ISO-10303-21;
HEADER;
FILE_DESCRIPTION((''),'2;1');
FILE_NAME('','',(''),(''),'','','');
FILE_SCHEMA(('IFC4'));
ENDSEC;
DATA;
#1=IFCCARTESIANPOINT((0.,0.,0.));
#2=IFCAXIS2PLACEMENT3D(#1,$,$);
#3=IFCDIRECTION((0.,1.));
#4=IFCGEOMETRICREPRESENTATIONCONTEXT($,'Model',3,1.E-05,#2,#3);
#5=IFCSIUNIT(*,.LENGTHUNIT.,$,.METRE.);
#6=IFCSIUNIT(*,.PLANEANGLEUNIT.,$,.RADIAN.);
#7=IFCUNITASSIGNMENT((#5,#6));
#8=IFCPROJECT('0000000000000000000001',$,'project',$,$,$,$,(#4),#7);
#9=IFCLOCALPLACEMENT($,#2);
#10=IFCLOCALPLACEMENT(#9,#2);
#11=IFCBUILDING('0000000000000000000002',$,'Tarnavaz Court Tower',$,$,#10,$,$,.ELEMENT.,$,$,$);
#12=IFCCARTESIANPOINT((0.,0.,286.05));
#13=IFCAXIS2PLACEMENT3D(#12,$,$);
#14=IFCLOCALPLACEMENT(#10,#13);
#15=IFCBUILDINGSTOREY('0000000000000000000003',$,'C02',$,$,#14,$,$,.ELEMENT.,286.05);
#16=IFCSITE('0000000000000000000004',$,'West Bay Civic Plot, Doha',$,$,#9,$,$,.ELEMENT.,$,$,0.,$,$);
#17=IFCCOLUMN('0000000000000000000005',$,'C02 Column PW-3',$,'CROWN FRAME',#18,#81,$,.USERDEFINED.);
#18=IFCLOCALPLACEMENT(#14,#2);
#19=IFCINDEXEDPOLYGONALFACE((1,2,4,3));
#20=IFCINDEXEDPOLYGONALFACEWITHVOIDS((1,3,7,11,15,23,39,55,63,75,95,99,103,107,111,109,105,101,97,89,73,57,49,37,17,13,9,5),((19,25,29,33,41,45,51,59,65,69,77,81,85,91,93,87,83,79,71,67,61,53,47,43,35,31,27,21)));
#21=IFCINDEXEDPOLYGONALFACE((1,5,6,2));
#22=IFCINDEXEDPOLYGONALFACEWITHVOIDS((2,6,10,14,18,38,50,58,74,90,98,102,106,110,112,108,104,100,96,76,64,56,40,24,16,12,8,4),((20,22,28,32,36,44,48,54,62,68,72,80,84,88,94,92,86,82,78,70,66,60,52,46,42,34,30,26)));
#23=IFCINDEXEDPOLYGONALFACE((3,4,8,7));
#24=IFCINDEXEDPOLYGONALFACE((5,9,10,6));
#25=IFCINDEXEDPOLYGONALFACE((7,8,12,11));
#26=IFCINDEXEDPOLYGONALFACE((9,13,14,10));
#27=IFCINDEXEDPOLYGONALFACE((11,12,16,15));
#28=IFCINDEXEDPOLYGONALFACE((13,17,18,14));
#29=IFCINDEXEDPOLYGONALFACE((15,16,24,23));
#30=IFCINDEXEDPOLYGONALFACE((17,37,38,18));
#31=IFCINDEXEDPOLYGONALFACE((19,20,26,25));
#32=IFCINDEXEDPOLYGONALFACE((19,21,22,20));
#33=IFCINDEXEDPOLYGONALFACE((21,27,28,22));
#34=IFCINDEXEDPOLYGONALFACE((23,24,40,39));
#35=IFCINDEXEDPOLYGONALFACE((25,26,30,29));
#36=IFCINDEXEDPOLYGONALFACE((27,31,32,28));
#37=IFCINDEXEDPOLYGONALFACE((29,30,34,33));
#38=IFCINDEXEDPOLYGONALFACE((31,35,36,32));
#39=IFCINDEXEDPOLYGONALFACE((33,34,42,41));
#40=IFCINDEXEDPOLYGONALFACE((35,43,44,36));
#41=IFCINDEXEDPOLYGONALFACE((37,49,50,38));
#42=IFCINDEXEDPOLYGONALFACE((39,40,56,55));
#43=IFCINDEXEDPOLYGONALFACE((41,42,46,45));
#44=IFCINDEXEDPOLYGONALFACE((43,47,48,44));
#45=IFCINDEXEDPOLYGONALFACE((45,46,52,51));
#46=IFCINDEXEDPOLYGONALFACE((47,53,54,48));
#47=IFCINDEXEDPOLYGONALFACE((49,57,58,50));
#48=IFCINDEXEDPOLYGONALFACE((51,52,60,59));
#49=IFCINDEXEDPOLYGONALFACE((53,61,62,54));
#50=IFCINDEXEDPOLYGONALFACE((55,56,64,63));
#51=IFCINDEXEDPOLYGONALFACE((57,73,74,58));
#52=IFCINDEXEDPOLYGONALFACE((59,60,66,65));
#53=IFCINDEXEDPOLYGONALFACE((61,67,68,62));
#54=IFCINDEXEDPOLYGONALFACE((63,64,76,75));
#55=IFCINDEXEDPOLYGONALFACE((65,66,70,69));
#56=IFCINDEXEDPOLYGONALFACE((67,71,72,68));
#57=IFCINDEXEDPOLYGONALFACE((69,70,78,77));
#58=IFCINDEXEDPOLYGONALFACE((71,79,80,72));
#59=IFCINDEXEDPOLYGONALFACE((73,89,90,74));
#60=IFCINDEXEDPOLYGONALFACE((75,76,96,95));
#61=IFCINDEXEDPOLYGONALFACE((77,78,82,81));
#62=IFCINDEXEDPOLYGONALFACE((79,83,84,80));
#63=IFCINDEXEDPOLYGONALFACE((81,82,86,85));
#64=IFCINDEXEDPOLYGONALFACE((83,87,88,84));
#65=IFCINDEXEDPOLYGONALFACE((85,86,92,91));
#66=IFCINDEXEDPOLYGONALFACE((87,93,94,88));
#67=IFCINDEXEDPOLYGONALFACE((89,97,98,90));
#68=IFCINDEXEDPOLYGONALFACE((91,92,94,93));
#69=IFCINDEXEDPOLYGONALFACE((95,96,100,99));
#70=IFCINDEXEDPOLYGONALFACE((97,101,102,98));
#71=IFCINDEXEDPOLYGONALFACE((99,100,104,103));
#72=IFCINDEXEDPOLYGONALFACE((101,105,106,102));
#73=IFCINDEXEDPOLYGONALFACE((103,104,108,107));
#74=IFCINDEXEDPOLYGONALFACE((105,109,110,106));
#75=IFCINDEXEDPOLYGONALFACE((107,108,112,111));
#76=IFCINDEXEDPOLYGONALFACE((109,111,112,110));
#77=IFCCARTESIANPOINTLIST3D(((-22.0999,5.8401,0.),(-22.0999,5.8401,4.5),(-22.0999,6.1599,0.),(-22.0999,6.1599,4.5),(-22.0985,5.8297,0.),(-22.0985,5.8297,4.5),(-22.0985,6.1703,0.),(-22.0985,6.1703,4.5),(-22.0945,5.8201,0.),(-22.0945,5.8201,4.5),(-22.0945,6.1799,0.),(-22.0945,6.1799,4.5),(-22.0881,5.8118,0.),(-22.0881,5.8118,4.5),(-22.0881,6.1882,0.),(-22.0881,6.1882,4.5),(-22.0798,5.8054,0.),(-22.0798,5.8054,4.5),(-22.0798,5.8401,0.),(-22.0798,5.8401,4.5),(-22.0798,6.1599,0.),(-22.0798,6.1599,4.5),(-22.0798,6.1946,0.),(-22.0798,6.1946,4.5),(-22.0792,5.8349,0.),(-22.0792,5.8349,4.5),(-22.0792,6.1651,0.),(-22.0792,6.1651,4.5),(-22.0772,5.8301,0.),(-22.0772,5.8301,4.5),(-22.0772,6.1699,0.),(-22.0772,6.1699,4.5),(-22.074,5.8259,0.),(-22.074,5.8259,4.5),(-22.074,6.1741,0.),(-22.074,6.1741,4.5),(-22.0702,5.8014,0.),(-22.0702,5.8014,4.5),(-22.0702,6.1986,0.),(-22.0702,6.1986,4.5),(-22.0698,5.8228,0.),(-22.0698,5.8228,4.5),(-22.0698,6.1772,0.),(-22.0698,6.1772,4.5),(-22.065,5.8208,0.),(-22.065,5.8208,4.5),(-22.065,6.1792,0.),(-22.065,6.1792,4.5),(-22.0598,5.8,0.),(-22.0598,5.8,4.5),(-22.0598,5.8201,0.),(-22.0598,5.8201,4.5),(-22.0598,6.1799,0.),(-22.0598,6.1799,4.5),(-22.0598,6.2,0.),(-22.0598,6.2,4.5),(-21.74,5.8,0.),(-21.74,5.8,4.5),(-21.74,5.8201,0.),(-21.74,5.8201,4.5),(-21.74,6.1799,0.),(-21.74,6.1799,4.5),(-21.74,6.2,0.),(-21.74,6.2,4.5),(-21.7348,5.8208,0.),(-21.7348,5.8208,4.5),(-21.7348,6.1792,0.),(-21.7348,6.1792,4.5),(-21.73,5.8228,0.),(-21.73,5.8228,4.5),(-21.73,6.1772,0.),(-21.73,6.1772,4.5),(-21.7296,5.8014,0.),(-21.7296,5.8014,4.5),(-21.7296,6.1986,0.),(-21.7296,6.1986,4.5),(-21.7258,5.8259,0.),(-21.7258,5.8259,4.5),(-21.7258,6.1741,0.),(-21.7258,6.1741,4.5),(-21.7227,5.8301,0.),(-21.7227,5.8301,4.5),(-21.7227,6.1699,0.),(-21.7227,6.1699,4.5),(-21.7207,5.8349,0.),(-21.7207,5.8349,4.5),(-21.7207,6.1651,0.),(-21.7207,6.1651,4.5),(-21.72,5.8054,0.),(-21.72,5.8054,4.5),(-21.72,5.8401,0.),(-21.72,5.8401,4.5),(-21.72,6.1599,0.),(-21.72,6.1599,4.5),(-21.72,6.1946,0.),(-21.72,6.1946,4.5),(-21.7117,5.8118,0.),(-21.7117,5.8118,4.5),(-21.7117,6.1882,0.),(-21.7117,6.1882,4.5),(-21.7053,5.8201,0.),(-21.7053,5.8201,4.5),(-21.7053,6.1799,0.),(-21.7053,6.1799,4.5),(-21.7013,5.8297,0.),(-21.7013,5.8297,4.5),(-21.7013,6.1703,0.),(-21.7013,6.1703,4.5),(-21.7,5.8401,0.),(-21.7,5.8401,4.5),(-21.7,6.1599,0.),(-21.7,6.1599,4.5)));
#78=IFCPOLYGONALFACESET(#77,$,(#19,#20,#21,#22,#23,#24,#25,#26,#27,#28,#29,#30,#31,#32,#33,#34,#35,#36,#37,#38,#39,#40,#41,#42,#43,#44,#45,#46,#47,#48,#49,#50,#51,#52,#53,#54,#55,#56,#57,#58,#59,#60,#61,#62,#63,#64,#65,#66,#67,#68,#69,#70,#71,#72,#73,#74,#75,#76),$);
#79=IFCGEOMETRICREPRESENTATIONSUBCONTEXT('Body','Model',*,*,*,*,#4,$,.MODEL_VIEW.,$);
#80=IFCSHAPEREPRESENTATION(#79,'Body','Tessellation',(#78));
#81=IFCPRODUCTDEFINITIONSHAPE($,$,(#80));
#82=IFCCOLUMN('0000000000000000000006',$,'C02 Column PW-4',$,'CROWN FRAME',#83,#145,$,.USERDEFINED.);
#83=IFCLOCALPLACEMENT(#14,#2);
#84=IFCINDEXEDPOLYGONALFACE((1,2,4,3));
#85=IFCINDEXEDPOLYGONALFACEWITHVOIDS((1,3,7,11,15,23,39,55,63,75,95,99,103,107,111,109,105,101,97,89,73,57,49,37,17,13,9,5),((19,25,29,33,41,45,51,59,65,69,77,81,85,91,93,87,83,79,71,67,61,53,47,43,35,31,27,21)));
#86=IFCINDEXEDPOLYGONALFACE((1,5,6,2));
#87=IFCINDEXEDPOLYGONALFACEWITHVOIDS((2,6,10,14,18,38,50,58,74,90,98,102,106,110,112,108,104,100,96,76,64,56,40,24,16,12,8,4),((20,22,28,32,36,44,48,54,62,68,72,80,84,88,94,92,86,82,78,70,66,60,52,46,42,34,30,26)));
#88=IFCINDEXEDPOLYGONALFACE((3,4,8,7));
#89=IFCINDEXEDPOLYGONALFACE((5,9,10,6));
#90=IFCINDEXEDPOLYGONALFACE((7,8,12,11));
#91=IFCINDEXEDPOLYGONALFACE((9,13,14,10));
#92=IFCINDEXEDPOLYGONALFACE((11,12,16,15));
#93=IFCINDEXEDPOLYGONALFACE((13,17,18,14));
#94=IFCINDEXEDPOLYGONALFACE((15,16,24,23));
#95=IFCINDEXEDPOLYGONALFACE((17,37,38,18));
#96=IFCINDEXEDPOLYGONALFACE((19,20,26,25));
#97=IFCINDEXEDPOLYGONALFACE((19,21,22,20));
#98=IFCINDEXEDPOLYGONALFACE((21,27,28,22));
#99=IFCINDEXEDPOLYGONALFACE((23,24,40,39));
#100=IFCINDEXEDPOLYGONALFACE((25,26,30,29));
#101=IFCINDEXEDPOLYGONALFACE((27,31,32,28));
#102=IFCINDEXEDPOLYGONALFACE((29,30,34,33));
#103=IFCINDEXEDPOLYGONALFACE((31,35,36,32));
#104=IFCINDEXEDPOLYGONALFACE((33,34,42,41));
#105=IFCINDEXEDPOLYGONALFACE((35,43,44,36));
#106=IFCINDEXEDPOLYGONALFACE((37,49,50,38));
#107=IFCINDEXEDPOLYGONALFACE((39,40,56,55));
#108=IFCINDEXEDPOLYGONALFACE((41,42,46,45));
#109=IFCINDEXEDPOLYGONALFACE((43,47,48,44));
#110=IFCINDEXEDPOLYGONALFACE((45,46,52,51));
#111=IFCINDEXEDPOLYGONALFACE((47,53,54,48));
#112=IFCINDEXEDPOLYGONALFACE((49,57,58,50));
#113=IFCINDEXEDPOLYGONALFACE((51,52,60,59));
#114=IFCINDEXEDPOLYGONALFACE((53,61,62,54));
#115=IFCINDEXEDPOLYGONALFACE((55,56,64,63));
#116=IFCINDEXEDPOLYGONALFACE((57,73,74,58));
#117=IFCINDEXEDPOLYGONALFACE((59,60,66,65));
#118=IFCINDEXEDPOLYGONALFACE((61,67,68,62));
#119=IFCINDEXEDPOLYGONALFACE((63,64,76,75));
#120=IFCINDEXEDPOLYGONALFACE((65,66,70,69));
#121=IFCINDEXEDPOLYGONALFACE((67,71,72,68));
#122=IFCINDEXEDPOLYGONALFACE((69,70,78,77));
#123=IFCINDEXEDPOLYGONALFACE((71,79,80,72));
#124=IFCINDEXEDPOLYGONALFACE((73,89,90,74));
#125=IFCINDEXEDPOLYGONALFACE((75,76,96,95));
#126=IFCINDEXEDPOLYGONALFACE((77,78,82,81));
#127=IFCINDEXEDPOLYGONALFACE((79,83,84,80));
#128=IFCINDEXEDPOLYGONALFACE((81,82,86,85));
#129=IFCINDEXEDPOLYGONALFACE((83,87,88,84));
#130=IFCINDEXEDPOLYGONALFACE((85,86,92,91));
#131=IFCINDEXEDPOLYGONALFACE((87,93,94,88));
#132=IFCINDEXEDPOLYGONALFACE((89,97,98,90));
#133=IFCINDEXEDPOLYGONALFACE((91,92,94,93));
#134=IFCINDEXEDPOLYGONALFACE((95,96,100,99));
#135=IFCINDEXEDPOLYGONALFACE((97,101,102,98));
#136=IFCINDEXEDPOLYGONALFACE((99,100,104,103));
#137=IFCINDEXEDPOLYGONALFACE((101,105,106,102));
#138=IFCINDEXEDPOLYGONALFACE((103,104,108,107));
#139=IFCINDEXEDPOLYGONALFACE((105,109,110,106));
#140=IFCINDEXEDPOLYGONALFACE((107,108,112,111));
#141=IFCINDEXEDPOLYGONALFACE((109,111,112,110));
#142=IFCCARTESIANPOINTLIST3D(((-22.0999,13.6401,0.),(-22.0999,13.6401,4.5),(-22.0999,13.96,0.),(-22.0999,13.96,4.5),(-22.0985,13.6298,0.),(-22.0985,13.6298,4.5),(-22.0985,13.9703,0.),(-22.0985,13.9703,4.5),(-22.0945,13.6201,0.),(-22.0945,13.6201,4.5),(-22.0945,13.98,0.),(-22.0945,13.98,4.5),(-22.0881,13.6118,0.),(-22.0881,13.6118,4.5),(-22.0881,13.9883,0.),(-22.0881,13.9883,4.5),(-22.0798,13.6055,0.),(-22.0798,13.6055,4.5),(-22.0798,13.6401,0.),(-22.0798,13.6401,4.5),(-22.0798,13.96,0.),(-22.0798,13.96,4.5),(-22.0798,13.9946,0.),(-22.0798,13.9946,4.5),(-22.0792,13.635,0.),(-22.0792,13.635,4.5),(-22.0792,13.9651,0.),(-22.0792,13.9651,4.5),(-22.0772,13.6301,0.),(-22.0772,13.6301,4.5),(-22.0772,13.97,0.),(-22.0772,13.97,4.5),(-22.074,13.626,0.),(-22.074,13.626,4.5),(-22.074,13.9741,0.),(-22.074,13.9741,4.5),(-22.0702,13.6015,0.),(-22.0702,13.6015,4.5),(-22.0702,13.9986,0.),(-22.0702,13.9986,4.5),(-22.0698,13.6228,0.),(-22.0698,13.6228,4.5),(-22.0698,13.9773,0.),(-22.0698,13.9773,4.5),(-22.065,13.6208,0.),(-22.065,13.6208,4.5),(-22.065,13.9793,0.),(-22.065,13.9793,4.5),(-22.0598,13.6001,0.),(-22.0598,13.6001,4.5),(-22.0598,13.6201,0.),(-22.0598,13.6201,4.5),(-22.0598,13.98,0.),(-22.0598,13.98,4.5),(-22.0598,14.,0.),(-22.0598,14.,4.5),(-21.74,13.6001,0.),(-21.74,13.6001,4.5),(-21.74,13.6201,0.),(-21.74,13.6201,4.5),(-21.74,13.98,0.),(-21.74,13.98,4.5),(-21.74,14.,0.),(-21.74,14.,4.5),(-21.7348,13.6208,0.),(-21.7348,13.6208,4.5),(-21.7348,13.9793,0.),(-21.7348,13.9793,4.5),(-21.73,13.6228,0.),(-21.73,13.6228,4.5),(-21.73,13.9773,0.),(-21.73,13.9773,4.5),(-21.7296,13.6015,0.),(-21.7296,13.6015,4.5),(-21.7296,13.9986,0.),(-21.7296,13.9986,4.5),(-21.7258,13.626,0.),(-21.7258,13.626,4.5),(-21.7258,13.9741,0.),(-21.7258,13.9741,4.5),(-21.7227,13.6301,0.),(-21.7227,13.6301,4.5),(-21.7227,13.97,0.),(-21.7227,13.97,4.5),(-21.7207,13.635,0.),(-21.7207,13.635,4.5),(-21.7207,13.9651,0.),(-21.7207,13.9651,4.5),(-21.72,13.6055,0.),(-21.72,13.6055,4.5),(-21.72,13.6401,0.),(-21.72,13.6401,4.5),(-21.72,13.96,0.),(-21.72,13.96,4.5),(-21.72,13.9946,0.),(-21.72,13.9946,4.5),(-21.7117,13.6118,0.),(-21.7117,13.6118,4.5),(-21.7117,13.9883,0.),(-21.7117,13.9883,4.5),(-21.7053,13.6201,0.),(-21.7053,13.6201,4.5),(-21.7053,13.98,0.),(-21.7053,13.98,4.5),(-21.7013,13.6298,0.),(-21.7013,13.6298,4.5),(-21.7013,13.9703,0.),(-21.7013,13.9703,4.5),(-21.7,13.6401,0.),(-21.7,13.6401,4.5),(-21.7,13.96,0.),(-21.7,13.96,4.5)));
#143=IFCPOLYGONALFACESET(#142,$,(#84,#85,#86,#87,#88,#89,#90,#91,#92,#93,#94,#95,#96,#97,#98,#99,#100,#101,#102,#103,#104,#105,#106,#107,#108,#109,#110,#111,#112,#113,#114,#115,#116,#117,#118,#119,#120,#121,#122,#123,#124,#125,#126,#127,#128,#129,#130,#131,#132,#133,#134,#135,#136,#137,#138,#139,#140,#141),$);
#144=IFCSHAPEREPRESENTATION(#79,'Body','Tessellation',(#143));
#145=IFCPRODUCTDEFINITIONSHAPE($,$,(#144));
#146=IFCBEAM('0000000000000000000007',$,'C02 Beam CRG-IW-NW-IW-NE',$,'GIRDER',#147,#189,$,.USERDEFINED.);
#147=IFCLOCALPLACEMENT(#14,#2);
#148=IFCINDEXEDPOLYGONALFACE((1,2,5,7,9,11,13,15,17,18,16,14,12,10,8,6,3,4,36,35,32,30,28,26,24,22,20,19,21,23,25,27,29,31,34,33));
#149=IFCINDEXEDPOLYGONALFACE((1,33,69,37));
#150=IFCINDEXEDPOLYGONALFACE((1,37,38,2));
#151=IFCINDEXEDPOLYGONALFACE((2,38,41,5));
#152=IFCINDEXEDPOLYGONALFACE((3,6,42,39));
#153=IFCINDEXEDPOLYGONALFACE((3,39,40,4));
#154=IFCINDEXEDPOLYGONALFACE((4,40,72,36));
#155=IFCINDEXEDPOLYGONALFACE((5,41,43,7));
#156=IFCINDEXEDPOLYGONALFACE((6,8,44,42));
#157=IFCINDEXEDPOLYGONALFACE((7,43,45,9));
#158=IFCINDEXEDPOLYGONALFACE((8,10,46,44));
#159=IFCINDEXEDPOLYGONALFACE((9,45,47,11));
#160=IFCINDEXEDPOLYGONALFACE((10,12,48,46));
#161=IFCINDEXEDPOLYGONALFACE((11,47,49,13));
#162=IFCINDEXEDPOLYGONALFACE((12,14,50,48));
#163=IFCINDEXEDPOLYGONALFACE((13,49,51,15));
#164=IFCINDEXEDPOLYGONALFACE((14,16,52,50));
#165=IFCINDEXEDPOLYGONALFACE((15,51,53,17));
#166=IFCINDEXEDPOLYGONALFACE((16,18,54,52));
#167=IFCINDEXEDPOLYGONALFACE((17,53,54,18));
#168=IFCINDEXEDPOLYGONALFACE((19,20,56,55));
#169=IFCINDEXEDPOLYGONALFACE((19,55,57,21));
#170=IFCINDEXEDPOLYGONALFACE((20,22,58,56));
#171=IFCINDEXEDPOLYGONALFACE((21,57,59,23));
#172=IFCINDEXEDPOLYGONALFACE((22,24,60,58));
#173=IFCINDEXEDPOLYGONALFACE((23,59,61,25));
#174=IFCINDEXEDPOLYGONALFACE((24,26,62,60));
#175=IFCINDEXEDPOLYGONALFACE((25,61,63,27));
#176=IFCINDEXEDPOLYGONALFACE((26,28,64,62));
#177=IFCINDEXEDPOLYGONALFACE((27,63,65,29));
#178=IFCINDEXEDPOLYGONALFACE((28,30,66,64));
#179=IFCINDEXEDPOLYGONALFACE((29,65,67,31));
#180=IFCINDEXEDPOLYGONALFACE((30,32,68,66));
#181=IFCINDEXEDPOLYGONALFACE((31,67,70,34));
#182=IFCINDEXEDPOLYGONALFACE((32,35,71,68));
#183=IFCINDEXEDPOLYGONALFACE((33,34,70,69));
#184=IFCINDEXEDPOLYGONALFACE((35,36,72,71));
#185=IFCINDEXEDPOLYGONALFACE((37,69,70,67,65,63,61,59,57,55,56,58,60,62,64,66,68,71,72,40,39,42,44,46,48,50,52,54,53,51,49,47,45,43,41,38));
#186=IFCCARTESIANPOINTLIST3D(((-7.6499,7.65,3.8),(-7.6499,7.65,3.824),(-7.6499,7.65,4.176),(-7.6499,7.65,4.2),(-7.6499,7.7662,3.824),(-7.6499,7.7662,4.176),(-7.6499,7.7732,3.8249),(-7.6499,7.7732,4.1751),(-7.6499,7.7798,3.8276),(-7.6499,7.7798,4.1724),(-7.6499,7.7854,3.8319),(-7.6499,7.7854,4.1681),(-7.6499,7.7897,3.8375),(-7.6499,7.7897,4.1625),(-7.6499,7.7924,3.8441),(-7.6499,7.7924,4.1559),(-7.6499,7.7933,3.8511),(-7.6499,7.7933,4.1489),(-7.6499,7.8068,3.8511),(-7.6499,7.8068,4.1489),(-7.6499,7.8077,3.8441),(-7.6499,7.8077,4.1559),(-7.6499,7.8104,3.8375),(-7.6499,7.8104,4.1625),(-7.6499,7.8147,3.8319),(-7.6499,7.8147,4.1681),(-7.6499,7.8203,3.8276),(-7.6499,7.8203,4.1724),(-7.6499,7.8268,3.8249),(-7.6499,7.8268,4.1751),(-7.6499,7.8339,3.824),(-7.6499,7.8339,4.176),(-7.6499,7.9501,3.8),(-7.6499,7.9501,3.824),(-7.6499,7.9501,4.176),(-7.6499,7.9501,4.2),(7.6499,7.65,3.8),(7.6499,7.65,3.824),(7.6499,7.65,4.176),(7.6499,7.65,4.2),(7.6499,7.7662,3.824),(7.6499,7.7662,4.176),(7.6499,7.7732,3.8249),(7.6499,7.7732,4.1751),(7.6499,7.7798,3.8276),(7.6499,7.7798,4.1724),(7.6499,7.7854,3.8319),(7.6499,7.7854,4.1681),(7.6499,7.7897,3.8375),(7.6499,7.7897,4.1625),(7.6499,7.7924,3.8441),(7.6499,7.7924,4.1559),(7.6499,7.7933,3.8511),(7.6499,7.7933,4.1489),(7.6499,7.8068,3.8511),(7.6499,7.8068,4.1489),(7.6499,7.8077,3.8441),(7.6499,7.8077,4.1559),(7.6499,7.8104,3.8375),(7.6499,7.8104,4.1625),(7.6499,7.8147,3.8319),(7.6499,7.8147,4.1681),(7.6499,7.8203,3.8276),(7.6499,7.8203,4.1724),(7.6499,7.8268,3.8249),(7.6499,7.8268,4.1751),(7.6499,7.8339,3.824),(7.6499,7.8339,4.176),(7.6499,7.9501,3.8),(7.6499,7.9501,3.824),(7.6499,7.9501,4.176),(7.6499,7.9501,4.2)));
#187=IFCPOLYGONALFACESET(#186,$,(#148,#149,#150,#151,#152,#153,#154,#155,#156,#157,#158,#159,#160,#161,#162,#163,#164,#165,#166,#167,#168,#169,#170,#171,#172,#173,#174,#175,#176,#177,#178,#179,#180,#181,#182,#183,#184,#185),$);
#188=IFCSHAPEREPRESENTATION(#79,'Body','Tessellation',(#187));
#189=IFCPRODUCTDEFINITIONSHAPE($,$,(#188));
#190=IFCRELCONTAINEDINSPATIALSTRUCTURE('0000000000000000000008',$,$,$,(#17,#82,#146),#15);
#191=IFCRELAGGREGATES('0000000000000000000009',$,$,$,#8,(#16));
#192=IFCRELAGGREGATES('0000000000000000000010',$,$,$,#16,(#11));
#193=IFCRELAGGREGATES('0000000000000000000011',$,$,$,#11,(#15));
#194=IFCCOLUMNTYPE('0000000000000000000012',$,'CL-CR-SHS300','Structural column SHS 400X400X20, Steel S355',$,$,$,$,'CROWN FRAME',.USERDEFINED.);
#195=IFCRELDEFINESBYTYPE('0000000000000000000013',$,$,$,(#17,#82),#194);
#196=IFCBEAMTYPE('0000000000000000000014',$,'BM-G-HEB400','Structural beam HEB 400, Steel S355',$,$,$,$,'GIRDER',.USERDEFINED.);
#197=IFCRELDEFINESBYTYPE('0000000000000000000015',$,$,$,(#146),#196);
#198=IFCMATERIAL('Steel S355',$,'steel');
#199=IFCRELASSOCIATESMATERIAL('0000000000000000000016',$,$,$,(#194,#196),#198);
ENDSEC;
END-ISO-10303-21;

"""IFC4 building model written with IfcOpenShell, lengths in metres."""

from ifc_helpers import new_model, si_unit, direction, frame, origin, origin_2d, place, context, subcontext, project, spatial, hollow_rectangle, i_section, extrude, material, material_profile, profile_set, type_object, element, save


model = new_model("IFC4")

# Units and contexts
model_context = context("Model", 3, precision=1e-05, world=origin(), true_north=direction((0.0, 1.0)))
body_context = subcontext(model_context, "Body", "Model", "MODEL_VIEW")
ifc_project = project(units=[si_unit("LENGTHUNIT", "METRE"), si_unit("PLANEANGLEUNIT", "RADIAN")], contexts=[model_context])

# Site, building, storey
site_placement = place(None, origin())
site = spatial("IfcSite", under=ifc_project, at=site_placement, Name="West Bay Civic Plot, Doha", CompositionType="ELEMENT", RefElevation=0.0)
building_placement = place(site_placement, origin())
building = spatial("IfcBuilding", under=site, at=building_placement, Name="Tarnavaz Court Tower", CompositionType="ELEMENT")
storey_placement = place(building_placement, frame((0.0, 0.0, 286.05)))
storey = spatial("IfcBuildingStorey", under=building, at=storey_placement, Name="C02", CompositionType="ELEMENT", Elevation=286.05)

# Columns
ifc_material_1 = material(Name="Steel S355", Category="steel")
ifc_material_profile_1 = material_profile(ifc_material_1, hollow_rectangle(XDim=0.3999, YDim=0.3999, WallThickness=0.02, InnerFilletRadius=0.02, OuterFilletRadius=0.04, at=origin_2d()), Name="SHS 400X400X20")
ifc_profile_set_1 = profile_set([ifc_material_profile_1], Name="Steel S355")
column_type = type_object("IfcColumnType", Name="CL-CR-SHS300", Description="Structural column SHS 400X400X20, Steel S355", ElementType="CROWN FRAME", PredefinedType="USERDEFINED", material=ifc_profile_set_1)
for number, where, z_axis, x_axis, name in (
    (1, (-21.8999, 6.0, 0.0), (0.0, 0.0, 1.0), (1.0, 0.0, 0.0), "C02 Column PW-3"),
    (2, (-21.8999, 13.8, 0.0), (0.0, 0.0, 1.0), (1.0, 0.0, 0.0), "C02 Column PW-4"),
):
    element("IfcColumn", number, at=place(storey_placement, frame(where, z_axis=z_axis, x_axis=x_axis)), inside=storey, type_object=column_type, Name=name, ObjectType="CROWN FRAME", PredefinedType="USERDEFINED", context=body_context, shape_type="SweptSolid", body=[
        extrude(hollow_rectangle(XDim=0.3999, YDim=0.3999, WallThickness=0.02, InnerFilletRadius=0.02, OuterFilletRadius=0.04, at=origin_2d()), origin(), (0.0, 0.0, 1.0), 4.5),
    ])

# Beam
ifc_material_profile_2 = material_profile(ifc_material_1, i_section(OverallWidth=0.3, OverallDepth=0.3999, WebThickness=0.0134, FlangeThickness=0.0239, FilletRadius=0.0271, at=origin_2d()), Name="HEB 400")
ifc_profile_set_2 = profile_set([ifc_material_profile_2], Name="Steel S355")
beam_type = type_object("IfcBeamType", Name="BM-G-HEB400", Description="Structural beam HEB 400, Steel S355", ElementType="GIRDER", PredefinedType="USERDEFINED", material=ifc_profile_set_2)
beam_1_placement = place(storey_placement, frame((-7.6499, 7.8, 4.0), z_axis=(1.0, 0.0, 0.0), x_axis=(0.0, 1.0, 0.0)))
element("IfcBeam", 3, at=beam_1_placement, inside=storey, type_object=beam_type, Name="C02 Beam CRG-IW-NW-IW-NE", ObjectType="GIRDER", PredefinedType="USERDEFINED", context=body_context, shape_type="SweptSolid", body=[
    extrude(i_section(OverallWidth=0.3, OverallDepth=0.3999, WebThickness=0.0134, FlangeThickness=0.0239, FilletRadius=0.0271, at=origin_2d()), origin(), (0.0, 0.0, 1.0), 15.2998),
])

save(model, "model.ifc")
